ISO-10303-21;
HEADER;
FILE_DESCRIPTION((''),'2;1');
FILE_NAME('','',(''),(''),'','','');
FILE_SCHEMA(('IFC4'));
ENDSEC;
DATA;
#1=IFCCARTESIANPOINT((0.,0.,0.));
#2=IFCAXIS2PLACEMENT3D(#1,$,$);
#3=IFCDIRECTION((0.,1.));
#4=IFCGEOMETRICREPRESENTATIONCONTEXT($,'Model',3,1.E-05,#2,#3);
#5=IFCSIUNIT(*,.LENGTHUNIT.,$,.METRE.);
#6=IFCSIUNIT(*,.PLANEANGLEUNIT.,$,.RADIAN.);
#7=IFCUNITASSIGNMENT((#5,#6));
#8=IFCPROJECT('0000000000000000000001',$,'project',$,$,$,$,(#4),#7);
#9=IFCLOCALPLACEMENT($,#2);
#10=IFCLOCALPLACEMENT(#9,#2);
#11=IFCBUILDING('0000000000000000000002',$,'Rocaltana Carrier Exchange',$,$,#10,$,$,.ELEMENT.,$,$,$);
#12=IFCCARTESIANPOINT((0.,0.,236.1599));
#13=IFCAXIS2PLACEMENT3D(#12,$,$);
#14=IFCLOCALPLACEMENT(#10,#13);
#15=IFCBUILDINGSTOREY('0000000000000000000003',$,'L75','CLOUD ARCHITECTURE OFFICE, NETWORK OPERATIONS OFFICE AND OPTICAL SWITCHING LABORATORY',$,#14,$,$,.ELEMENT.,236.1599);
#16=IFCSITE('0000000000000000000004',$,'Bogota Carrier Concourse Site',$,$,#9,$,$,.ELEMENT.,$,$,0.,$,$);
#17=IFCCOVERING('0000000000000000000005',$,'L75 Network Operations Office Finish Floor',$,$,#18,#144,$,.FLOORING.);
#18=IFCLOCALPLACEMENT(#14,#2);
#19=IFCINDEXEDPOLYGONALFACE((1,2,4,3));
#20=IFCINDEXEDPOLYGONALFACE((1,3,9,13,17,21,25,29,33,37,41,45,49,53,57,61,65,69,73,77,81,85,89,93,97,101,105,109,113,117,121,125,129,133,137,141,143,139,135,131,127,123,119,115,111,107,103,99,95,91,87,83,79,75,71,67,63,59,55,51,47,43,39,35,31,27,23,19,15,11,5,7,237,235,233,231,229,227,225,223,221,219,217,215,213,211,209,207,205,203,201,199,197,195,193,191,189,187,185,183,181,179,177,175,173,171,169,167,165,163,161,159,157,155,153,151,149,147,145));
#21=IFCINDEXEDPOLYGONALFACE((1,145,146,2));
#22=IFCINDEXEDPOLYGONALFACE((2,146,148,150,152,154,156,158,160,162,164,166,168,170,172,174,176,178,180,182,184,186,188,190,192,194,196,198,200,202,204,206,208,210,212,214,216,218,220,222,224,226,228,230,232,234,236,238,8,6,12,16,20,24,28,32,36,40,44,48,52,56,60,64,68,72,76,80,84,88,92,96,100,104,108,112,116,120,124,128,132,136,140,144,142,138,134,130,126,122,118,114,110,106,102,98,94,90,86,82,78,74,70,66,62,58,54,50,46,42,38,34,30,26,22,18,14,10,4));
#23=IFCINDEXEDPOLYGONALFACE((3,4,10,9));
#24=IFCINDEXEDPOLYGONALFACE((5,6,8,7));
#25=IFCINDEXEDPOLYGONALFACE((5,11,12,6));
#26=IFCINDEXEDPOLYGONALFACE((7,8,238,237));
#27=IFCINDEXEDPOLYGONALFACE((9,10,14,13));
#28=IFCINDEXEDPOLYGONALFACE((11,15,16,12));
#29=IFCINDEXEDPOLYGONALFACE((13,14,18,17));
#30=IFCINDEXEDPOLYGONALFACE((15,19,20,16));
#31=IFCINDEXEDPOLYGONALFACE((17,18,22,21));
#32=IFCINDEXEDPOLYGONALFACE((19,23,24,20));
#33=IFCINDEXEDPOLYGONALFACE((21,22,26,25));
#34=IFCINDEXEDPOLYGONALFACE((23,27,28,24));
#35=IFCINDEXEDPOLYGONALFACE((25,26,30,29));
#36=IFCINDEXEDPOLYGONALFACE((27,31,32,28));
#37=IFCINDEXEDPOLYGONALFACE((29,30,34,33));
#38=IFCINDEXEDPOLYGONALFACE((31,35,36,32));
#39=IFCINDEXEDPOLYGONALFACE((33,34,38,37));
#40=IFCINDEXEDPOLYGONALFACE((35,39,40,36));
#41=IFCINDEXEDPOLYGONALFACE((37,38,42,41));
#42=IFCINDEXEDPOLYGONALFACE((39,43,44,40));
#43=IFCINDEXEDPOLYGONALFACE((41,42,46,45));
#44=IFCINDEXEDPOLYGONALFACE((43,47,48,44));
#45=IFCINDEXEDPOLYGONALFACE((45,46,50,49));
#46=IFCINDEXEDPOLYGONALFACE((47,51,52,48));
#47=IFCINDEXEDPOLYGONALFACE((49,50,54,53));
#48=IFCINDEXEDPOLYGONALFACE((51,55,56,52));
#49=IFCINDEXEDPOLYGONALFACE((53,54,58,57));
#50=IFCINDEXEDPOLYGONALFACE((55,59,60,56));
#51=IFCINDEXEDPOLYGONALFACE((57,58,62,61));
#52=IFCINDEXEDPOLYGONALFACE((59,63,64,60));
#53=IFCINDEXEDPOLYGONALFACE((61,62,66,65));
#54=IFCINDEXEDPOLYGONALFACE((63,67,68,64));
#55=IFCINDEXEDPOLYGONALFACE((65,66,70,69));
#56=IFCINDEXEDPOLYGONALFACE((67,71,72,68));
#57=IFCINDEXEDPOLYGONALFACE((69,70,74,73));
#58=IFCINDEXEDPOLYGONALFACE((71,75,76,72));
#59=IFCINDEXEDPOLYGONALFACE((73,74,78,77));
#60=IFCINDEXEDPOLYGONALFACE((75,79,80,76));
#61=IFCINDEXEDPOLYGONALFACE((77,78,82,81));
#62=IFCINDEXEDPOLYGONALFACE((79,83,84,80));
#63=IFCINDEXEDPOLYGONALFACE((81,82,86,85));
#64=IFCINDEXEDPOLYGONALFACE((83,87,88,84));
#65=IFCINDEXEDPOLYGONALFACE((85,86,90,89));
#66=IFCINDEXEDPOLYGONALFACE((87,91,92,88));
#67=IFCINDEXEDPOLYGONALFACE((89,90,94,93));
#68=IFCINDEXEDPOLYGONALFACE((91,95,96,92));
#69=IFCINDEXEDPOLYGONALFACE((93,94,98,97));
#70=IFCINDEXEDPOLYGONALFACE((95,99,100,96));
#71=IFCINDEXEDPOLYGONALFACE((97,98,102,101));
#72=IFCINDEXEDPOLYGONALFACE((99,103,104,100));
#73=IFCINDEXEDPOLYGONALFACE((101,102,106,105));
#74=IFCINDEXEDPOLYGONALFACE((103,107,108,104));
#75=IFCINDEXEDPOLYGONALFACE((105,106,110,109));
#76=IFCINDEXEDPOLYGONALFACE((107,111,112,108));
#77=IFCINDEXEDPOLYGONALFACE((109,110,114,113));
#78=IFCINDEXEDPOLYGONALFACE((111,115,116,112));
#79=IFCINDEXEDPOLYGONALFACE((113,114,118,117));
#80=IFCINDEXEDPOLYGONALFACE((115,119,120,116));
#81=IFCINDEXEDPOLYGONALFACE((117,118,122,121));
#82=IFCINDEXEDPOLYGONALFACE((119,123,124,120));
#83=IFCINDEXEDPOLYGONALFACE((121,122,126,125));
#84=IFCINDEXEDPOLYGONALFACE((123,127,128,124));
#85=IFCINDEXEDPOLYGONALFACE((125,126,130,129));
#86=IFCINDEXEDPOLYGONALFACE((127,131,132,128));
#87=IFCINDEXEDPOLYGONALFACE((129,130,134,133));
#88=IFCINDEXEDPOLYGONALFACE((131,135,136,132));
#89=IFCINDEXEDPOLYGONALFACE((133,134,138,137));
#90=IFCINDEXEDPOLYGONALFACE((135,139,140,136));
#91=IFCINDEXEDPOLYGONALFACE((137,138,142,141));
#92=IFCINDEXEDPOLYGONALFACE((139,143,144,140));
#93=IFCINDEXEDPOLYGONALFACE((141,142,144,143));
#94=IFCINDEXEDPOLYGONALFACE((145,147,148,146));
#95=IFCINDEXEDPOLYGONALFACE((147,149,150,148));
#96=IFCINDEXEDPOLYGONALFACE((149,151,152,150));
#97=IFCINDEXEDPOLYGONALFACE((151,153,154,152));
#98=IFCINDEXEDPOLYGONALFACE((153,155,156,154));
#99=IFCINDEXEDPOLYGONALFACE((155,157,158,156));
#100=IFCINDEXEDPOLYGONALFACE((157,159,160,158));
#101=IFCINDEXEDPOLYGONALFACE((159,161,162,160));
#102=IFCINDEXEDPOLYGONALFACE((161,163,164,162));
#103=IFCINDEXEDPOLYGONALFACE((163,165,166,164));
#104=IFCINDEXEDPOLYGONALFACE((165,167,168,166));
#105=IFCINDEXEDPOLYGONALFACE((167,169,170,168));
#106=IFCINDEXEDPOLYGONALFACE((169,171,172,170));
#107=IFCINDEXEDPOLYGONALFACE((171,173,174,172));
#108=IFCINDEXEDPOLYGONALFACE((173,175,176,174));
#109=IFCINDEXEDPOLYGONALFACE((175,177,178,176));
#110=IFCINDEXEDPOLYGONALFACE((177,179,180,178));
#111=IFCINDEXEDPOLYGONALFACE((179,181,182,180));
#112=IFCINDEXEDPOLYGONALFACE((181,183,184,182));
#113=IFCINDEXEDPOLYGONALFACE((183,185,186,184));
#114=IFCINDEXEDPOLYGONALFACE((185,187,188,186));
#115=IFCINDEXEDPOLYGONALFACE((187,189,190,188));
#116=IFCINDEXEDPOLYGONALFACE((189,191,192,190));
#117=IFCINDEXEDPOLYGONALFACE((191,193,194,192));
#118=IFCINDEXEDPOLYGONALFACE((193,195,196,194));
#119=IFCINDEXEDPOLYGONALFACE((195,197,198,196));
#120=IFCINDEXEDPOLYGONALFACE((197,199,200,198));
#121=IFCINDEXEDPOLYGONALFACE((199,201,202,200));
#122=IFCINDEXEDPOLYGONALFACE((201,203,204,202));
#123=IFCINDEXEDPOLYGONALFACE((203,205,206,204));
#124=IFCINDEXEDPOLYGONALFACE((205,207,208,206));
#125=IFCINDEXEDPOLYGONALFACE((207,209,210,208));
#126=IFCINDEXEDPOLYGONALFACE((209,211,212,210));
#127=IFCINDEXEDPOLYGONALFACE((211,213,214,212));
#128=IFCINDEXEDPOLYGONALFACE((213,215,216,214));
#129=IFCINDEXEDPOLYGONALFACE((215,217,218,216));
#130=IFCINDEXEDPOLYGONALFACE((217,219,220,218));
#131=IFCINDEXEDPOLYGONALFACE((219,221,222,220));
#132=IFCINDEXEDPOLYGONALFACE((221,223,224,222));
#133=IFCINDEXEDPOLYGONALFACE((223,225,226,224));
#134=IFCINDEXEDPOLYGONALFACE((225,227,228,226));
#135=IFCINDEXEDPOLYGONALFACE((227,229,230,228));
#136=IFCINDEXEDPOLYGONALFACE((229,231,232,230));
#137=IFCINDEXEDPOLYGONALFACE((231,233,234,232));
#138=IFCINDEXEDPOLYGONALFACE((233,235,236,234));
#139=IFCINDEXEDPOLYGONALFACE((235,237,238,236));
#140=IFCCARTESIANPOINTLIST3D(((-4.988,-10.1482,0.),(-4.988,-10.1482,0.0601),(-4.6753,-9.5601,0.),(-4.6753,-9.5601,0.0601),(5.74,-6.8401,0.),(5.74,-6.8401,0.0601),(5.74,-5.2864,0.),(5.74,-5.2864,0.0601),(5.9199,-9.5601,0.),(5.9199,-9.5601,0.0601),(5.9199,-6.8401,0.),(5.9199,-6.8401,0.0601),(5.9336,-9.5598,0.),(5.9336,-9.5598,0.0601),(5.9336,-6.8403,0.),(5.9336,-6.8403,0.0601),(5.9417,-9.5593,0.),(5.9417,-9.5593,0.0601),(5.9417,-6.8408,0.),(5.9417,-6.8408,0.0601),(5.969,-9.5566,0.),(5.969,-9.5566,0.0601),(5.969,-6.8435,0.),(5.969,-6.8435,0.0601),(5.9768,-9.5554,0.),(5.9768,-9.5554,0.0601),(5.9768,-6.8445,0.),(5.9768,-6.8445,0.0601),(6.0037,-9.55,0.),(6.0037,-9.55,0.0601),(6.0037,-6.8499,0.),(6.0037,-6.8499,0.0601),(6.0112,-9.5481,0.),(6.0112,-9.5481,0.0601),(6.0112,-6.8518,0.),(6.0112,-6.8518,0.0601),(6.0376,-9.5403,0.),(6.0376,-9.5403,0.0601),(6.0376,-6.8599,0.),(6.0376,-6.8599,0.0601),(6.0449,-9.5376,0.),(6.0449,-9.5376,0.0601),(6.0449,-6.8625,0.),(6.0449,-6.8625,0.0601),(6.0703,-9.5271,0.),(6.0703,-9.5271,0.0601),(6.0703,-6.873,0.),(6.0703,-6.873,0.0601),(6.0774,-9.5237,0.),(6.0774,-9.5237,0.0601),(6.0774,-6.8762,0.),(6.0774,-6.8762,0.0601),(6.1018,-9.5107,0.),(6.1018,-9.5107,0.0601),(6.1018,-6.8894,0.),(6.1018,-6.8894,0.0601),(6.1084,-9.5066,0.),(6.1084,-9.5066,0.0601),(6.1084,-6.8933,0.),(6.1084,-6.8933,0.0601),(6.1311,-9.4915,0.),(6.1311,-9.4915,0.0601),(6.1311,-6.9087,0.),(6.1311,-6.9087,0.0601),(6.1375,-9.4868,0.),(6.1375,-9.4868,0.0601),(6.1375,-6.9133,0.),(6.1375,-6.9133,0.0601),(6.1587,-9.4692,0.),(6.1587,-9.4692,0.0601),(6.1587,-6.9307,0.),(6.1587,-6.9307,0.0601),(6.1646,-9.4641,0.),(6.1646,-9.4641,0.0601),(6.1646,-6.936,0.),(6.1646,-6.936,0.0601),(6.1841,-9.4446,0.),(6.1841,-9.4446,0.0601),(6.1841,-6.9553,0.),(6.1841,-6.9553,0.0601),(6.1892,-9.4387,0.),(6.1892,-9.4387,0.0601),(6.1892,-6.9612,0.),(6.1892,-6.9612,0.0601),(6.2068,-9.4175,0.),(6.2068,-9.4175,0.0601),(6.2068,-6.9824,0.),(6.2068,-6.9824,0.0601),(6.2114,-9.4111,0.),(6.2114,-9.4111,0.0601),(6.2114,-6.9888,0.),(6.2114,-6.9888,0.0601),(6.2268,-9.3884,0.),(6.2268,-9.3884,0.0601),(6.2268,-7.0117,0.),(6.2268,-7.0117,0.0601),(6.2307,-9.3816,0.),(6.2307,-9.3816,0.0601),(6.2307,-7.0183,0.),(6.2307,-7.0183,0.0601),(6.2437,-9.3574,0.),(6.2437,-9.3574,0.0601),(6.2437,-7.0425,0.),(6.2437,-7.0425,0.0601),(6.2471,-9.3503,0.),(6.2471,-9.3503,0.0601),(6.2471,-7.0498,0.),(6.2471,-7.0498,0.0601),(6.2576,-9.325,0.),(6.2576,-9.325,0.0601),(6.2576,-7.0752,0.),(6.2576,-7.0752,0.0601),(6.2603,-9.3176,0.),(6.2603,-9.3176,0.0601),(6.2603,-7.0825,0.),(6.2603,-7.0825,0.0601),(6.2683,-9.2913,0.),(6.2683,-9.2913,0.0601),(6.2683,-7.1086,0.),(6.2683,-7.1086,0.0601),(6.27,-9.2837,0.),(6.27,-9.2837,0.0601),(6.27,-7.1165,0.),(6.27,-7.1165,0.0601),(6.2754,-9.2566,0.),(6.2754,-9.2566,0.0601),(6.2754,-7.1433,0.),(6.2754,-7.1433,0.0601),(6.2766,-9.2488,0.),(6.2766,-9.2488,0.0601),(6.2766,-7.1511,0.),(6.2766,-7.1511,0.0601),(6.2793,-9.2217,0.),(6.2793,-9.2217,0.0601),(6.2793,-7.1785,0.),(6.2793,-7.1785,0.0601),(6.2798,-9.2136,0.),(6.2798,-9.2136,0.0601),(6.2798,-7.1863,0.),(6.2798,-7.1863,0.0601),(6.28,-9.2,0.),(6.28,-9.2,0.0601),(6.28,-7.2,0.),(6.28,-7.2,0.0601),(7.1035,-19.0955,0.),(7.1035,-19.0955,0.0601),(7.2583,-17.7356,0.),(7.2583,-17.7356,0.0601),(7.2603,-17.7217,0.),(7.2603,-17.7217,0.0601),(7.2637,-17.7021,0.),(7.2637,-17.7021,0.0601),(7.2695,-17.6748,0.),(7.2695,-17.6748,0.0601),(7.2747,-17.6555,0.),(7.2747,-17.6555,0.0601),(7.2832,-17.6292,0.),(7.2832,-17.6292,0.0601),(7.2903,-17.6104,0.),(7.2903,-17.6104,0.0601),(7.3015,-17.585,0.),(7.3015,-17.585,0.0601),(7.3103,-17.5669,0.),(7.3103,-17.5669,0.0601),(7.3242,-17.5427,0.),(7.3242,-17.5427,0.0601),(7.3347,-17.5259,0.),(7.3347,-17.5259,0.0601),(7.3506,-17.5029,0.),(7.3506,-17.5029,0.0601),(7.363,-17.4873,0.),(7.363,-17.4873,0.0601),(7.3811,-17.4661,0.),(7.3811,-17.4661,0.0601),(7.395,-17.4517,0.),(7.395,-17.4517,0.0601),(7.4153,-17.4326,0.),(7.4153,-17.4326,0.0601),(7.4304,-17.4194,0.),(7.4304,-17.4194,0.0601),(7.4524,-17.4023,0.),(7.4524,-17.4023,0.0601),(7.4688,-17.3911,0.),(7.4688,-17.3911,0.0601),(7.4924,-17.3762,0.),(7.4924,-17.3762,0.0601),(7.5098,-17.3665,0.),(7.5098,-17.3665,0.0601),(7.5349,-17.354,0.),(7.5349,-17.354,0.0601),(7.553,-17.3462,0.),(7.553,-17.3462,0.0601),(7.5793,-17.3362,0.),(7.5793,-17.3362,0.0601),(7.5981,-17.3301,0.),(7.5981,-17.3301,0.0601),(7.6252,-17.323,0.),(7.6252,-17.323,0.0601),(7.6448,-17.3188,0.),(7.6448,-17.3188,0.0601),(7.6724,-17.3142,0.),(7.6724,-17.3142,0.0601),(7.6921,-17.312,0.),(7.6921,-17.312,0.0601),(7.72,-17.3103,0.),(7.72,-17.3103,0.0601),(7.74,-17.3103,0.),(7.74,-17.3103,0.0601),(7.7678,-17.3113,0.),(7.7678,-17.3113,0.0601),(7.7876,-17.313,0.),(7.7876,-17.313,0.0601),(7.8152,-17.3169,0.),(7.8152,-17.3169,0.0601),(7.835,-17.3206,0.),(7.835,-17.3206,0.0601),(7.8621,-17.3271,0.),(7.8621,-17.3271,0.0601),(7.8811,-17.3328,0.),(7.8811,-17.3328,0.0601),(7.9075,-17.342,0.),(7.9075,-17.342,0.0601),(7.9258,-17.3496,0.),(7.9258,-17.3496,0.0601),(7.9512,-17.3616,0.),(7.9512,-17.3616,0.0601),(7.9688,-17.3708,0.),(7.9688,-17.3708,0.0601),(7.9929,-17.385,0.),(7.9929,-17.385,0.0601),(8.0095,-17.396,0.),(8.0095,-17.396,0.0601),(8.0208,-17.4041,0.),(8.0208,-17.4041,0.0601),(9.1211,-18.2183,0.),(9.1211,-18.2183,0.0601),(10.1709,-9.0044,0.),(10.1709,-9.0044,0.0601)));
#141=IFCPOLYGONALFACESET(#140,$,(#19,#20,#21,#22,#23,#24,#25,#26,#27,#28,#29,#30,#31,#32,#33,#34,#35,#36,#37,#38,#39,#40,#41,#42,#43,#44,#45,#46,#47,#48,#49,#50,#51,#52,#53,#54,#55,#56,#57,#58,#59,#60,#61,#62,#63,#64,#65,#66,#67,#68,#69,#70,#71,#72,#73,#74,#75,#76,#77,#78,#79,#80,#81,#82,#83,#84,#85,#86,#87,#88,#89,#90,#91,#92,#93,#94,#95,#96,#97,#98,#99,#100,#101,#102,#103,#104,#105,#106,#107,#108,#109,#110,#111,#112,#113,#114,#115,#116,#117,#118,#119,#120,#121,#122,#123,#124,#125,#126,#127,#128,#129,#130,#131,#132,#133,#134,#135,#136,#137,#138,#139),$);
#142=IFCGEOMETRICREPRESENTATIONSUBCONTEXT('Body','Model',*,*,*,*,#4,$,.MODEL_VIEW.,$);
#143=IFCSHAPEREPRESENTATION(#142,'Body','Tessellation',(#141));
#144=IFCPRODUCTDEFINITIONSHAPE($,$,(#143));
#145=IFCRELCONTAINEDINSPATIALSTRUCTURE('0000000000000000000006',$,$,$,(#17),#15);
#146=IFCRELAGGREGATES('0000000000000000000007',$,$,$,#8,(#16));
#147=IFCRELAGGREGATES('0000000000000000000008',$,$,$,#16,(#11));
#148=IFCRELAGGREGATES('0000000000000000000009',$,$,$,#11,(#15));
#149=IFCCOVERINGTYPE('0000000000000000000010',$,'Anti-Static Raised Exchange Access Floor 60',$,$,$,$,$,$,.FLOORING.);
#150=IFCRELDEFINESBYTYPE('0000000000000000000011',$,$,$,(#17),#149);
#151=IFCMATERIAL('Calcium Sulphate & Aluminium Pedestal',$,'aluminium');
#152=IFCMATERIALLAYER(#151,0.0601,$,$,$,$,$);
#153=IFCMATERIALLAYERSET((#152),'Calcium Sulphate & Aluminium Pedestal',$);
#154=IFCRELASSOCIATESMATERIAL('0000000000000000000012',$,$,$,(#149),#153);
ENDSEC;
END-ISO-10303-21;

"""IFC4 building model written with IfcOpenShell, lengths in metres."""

from ifc_helpers import new_model, si_unit, direction, frame, origin, place, context, subcontext, project, spatial, polyline, outline, extrude, material, layer, layer_set, type_object, element, save


model = new_model("IFC4")

# Units and contexts
model_context = context("Model", 3, precision=1e-05, world=origin(), true_north=direction((0.0, 1.0)))
body_context = subcontext(model_context, "Body", "Model", "MODEL_VIEW")
ifc_project = project(units=[si_unit("LENGTHUNIT", "METRE"), si_unit("PLANEANGLEUNIT", "RADIAN")], contexts=[model_context])

# Site, building, storey
site_placement = place(None, origin())
site = spatial("IfcSite", under=ifc_project, at=site_placement, Name="Bogota Carrier Concourse Site", CompositionType="ELEMENT", RefElevation=0.0)
building_placement = place(site_placement, origin())
building = spatial("IfcBuilding", under=site, at=building_placement, Name="Rocaltana Carrier Exchange", CompositionType="ELEMENT")
storey_placement = place(building_placement, frame((0.0, 0.0, 236.1599)))
storey = spatial("IfcBuildingStorey", under=building, at=storey_placement, Name="L75", Description="CLOUD ARCHITECTURE OFFICE, NETWORK OPERATIONS OFFICE AND OPTICAL SWITCHING LABORATORY", CompositionType="ELEMENT", Elevation=236.1599)

# Covering
ifc_material_1 = material(Name="Calcium Sulphate & Aluminium Pedestal", Category="aluminium")
ifc_layer_1 = layer(ifc_material_1, 0.0601)
ifc_layer_set_1 = layer_set([ifc_layer_1], Name="Calcium Sulphate & Aluminium Pedestal")
covering_type_1 = type_object("IfcCoveringType", Name="Anti-Static Raised Exchange Access Floor 60", PredefinedType="FLOORING", material=ifc_layer_set_1)
covering_1_placement = place(storey_placement, origin())
element("IfcCovering", 1, at=covering_1_placement, inside=storey, type_object=covering_type_1, Name="L75 Network Operations Office Finish Floor", PredefinedType="FLOORING", context=body_context, shape_type="SweptSolid", body=[
    extrude(outline(polyline([(5.74, -6.8401), (5.74, -5.2864), (10.1709, -9.0044), (9.1211, -18.2183), (8.0208, -17.4041), (8.0095, -17.396), (7.9929, -17.385), (7.9688, -17.3708), (7.9512, -17.3616), (7.9258, -17.3496), (7.9075, -17.342), (7.8811, -17.3328), (7.8621, -17.3271), (7.835, -17.3206), (7.8152, -17.3169), (7.7876, -17.313), (7.7678, -17.3113), (7.74, -17.3103), (7.72, -17.3103), (7.6921, -17.312), (7.6724, -17.3142), (7.6448, -17.3188), (7.6252, -17.323), (7.5981, -17.3301), (7.5793, -17.3362), (7.553, -17.3462), (7.5349, -17.354), (7.5098, -17.3665), (7.4924, -17.3762), (7.4688, -17.3911), (7.4524, -17.4023), (7.4304, -17.4194), (7.4153, -17.4326), (7.395, -17.4517), (7.3811, -17.4661), (7.363, -17.4873), (7.3506, -17.5029), (7.3347, -17.5259), (7.3242, -17.5427), (7.3103, -17.5669), (7.3015, -17.585), (7.2903, -17.6104), (7.2832, -17.6292), (7.2747, -17.6555), (7.2695, -17.6748), (7.2637, -17.7021), (7.2603, -17.7217), (7.2583, -17.7356), (7.1035, -19.0955), (-4.988, -10.1482), (-4.6753, -9.5601), (5.9199, -9.5601), (5.9336, -9.5598), (5.9417, -9.5593), (5.969, -9.5566), (5.9768, -9.5554), (6.0037, -9.55), (6.0112, -9.5481), (6.0376, -9.5403), (6.0449, -9.5376), (6.0703, -9.5271), (6.0774, -9.5237), (6.1018, -9.5107), (6.1084, -9.5066), (6.1311, -9.4915), (6.1375, -9.4868), (6.1587, -9.4692), (6.1646, -9.4641), (6.1841, -9.4446), (6.1892, -9.4387), (6.2068, -9.4175), (6.2114, -9.4111), (6.2268, -9.3884), (6.2307, -9.3816), (6.2437, -9.3574), (6.2471, -9.3503), (6.2576, -9.325), (6.2603, -9.3176), (6.2683, -9.2913), (6.27, -9.2837), (6.2754, -9.2566), (6.2766, -9.2488), (6.2793, -9.2217), (6.2798, -9.2136), (6.28, -9.2), (6.28, -7.2), (6.2798, -7.1863), (6.2793, -7.1785), (6.2766, -7.1511), (6.2754, -7.1433), (6.27, -7.1165), (6.2683, -7.1086), (6.2603, -7.0825), (6.2576, -7.0752), (6.2471, -7.0498), (6.2437, -7.0425), (6.2307, -7.0183), (6.2268, -7.0117), (6.2114, -6.9888), (6.2068, -6.9824), (6.1892, -6.9612), (6.1841, -6.9553), (6.1646, -6.936), (6.1587, -6.9307), (6.1375, -6.9133), (6.1311, -6.9087), (6.1084, -6.8933), (6.1018, -6.8894), (6.0774, -6.8762), (6.0703, -6.873), (6.0449, -6.8625), (6.0376, -6.8599), (6.0112, -6.8518), (6.0037, -6.8499), (5.9768, -6.8445), (5.969, -6.8435), (5.9417, -6.8408), (5.9336, -6.8403), (5.9199, -6.8401), (5.74, -6.8401)])), origin(), (0.0, 0.0, 1.0), 0.0601),
])

save(model, "model.ifc")
